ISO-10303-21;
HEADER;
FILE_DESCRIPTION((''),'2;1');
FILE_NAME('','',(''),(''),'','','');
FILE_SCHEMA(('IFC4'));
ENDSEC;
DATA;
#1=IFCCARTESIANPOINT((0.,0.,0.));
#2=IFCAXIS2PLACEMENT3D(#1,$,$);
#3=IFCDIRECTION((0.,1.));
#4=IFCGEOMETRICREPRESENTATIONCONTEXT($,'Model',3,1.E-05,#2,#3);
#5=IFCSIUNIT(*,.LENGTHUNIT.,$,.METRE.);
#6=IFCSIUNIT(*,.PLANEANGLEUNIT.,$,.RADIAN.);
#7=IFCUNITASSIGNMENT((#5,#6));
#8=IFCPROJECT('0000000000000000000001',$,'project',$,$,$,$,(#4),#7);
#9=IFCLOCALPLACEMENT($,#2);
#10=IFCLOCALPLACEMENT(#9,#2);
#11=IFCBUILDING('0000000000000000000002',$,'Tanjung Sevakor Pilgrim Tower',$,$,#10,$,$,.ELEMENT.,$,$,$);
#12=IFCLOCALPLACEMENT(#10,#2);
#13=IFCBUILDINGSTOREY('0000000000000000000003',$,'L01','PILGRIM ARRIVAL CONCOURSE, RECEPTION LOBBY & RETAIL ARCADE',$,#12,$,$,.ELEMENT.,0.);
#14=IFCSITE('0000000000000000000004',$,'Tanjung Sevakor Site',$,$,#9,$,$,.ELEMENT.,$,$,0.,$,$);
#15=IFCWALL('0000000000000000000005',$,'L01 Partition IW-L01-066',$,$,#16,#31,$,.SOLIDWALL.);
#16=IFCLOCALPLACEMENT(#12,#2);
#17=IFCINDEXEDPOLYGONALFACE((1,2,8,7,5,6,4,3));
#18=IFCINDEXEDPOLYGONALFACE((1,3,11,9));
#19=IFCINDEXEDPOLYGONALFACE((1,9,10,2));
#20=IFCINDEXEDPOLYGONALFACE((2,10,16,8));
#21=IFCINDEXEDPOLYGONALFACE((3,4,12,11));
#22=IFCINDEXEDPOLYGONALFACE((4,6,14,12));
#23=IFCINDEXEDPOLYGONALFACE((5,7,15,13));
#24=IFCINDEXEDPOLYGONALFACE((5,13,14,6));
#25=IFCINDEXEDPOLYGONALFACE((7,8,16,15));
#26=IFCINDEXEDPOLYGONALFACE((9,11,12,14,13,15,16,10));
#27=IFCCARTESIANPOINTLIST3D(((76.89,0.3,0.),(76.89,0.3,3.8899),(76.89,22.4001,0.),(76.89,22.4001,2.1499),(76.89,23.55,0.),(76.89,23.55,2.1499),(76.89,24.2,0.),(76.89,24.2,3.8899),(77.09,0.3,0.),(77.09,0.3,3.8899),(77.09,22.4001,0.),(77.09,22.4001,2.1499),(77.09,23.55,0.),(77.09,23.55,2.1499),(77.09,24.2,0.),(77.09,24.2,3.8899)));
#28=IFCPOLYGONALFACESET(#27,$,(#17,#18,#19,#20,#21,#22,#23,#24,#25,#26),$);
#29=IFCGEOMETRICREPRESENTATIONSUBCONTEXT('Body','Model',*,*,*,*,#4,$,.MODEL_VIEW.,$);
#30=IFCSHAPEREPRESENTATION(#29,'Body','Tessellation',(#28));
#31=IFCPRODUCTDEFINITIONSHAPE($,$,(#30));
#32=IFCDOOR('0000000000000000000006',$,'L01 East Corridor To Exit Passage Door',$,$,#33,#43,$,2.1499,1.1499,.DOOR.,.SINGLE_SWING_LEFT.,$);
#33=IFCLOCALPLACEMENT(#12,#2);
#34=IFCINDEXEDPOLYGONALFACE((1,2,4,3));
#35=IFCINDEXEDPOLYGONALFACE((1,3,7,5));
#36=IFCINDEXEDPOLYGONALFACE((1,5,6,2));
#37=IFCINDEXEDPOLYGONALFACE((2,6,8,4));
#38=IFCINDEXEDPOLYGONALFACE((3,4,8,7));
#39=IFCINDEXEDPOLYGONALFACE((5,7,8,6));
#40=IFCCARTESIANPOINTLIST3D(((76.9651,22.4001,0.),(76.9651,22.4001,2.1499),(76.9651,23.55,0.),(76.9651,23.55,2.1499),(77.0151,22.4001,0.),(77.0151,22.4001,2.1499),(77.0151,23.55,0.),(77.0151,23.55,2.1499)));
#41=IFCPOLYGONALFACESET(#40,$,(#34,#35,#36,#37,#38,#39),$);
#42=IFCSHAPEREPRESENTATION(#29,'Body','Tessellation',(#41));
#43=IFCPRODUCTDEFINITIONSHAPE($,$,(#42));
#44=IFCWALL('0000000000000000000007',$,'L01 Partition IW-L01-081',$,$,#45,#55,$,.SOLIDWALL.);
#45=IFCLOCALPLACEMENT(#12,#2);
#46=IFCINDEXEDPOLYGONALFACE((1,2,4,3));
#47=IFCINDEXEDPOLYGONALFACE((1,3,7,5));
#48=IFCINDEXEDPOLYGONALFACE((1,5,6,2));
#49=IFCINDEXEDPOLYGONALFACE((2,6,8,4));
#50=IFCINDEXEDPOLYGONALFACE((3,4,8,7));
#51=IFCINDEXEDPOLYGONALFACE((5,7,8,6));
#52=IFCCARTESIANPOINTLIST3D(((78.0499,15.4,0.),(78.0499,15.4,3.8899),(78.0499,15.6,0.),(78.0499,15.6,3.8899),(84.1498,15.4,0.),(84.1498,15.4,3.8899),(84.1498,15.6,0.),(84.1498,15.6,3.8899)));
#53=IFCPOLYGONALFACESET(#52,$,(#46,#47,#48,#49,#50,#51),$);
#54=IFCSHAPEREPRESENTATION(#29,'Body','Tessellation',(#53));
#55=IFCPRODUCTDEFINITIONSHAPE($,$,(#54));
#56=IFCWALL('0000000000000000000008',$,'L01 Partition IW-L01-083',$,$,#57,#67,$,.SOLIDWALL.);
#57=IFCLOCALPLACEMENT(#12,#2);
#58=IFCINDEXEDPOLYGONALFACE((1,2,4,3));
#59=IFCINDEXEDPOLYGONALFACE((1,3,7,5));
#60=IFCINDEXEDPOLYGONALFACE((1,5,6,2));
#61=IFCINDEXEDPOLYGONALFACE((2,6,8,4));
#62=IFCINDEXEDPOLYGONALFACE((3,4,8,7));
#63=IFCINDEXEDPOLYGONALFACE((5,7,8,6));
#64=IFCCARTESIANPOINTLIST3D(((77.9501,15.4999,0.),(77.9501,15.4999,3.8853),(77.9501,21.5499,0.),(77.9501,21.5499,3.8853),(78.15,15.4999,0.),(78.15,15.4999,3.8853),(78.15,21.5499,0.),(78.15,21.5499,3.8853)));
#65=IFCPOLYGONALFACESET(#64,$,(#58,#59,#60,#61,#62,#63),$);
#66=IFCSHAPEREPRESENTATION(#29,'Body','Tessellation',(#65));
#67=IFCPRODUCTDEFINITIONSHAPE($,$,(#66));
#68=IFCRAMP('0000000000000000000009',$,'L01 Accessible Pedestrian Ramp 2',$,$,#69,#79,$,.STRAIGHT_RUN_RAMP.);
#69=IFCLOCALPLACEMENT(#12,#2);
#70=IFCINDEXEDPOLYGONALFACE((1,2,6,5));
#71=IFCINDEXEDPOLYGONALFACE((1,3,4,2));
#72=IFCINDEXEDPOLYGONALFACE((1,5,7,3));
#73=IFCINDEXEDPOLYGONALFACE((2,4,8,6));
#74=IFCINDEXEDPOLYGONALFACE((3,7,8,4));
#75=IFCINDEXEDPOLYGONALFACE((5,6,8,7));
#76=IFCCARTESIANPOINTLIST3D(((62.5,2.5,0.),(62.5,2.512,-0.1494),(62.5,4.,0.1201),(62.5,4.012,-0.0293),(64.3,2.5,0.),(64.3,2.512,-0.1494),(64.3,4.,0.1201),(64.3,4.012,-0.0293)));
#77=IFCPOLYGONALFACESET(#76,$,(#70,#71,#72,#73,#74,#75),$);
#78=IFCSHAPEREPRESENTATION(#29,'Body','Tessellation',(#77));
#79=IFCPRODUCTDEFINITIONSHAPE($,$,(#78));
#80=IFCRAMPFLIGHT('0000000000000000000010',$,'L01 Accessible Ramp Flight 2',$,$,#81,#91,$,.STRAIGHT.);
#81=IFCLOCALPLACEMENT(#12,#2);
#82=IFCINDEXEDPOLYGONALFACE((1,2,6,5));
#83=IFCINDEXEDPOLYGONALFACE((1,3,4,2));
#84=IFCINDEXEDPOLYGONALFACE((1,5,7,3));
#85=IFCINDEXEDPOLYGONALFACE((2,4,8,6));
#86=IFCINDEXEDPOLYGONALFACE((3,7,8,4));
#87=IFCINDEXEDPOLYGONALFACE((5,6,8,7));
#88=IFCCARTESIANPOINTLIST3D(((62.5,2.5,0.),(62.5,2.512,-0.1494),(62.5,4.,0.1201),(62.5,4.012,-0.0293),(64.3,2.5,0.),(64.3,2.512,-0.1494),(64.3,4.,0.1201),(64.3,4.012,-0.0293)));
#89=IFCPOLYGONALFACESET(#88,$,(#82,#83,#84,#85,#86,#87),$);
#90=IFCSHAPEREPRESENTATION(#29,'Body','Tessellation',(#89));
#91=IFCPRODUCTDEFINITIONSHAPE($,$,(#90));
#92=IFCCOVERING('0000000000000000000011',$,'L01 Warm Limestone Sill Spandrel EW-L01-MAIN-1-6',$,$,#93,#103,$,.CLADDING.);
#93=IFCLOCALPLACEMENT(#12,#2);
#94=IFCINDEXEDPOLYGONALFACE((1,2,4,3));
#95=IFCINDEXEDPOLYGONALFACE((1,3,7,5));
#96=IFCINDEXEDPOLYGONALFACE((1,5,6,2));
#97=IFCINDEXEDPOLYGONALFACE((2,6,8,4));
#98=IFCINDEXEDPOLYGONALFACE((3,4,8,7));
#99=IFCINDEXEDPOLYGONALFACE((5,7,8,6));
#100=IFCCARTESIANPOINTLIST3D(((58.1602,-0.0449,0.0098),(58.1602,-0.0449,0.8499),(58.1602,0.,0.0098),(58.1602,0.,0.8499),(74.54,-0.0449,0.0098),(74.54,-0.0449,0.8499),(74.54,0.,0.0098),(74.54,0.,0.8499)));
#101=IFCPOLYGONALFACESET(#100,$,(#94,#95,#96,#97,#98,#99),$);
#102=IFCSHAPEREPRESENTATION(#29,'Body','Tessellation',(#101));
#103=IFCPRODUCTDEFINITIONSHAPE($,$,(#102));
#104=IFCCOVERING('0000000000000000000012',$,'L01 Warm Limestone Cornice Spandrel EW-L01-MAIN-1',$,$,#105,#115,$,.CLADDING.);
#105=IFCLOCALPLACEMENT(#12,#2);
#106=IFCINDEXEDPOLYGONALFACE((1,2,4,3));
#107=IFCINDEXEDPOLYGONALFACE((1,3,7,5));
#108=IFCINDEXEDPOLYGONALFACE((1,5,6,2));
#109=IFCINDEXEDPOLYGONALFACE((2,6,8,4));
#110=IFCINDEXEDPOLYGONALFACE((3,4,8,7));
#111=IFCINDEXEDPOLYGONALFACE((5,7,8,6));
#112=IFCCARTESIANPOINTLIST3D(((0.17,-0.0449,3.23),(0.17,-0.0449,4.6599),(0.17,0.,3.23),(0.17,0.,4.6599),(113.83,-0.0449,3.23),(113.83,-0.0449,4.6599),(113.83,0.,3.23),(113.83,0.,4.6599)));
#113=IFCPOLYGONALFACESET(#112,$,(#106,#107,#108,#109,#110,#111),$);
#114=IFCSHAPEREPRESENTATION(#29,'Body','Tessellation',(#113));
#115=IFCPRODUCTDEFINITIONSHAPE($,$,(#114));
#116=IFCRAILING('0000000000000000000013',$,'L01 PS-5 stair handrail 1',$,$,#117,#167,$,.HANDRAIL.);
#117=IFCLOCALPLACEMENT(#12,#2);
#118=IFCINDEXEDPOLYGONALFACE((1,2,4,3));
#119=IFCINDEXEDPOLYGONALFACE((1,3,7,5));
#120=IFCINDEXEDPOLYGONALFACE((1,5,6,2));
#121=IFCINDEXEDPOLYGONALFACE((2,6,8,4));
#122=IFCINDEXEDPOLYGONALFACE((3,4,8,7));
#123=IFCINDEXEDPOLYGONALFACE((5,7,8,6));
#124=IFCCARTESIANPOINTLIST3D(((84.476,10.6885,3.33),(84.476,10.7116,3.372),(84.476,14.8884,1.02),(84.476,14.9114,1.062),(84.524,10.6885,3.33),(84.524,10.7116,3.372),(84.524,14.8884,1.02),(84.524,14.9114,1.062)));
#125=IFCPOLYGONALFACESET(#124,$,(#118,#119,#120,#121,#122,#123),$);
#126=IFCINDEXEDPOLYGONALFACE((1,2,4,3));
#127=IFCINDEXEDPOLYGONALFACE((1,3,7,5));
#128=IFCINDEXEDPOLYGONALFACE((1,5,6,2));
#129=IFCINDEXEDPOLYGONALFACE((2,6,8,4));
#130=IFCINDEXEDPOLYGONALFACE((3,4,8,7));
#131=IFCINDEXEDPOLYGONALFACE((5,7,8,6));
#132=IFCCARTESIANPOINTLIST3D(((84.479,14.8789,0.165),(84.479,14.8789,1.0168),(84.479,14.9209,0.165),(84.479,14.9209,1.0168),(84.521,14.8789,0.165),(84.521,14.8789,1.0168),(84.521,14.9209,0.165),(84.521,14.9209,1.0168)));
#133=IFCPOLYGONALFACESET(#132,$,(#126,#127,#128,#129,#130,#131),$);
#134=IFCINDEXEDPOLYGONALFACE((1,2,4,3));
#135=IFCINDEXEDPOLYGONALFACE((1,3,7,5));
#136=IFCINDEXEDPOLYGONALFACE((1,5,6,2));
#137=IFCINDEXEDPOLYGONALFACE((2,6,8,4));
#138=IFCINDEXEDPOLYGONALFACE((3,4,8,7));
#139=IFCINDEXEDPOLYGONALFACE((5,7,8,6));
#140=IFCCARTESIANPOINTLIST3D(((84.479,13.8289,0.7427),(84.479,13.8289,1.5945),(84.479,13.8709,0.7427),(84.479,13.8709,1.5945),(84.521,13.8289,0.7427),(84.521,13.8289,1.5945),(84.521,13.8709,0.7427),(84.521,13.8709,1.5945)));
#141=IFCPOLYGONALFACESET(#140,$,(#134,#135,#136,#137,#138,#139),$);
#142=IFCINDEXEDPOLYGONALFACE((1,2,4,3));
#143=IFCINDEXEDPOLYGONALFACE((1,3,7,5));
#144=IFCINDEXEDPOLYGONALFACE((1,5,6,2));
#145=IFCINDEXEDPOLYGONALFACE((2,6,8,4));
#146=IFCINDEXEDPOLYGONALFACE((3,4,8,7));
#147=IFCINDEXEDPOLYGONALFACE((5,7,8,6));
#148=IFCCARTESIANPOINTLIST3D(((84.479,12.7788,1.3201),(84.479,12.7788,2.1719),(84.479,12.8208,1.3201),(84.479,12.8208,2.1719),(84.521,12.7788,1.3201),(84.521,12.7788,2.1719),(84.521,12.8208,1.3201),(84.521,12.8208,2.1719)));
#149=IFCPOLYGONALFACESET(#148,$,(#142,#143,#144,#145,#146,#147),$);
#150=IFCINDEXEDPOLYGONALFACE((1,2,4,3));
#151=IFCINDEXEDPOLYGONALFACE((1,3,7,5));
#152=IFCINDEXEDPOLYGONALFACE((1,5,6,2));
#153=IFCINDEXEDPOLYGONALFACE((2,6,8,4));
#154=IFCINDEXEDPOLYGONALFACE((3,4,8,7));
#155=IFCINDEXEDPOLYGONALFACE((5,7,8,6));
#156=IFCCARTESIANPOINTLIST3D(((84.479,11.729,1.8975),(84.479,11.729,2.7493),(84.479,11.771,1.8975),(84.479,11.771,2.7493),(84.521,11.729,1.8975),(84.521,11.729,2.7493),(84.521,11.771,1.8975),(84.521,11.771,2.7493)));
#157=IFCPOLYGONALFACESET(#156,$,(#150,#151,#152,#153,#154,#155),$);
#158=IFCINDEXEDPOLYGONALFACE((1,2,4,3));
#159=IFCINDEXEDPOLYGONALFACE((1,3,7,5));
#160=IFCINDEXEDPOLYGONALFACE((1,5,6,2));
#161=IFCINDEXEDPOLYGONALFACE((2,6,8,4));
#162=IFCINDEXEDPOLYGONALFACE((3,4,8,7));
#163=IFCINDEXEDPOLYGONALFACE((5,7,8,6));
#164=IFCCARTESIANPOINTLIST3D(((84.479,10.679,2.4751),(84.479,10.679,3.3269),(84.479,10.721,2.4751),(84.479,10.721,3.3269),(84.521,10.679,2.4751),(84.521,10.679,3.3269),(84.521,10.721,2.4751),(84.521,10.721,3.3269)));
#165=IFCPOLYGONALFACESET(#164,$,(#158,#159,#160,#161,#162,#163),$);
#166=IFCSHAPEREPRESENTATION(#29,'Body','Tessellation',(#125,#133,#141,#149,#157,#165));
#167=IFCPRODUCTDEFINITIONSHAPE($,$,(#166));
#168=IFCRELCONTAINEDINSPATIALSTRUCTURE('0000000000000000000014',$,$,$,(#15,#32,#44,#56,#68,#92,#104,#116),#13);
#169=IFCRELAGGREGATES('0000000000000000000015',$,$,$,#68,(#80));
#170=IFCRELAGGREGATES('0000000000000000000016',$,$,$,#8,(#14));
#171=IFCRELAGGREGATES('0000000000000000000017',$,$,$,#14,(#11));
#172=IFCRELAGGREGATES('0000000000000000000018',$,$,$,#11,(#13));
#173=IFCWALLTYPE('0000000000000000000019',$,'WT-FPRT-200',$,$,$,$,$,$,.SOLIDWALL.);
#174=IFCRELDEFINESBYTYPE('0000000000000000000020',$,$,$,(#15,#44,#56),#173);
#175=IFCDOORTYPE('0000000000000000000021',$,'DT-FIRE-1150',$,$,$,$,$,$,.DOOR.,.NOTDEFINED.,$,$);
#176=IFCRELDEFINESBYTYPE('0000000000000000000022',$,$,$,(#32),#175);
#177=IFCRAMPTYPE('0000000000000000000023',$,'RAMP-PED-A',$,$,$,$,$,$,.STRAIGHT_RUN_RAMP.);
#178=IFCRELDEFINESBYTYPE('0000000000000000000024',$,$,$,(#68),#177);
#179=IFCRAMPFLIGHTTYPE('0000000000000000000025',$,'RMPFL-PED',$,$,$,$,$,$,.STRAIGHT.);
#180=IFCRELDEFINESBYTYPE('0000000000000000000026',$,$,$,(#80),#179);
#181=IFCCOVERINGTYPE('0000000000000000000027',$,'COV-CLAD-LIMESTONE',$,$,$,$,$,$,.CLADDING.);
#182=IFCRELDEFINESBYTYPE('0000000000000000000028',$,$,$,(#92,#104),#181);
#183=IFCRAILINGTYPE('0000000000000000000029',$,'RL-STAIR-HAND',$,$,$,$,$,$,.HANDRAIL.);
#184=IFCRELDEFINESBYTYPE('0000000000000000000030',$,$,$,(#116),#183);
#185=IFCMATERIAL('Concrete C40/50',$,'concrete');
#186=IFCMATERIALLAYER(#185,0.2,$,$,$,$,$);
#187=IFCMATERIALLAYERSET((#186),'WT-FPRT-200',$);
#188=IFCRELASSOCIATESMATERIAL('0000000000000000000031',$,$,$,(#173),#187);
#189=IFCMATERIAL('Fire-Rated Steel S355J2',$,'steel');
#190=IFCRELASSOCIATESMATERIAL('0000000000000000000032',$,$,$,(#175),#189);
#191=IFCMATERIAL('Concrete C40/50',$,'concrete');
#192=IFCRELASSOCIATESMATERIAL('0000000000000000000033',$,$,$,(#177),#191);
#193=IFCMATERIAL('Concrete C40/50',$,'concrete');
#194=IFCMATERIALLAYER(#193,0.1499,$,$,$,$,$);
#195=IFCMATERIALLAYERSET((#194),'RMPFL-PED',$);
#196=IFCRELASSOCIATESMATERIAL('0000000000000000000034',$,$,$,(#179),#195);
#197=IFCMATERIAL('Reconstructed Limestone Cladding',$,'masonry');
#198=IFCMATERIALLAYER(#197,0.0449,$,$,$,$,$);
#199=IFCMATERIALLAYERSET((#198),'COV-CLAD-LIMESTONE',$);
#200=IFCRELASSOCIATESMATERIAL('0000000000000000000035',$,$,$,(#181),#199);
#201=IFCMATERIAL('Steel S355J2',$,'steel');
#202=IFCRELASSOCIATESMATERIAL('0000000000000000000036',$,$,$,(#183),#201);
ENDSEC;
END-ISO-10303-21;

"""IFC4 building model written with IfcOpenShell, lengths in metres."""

from ifc_helpers import new_model, si_unit, direction, frame, frame_2d, origin, origin_2d, place, context, subcontext, project, spatial, polyline, rectangle, outline, extrude, material, layer, layer_set, type_object, element, fill, aggregate, save


model = new_model("IFC4")

# Units and contexts
model_context = context("Model", 3, precision=1e-05, world=origin(), true_north=direction((0.0, 1.0)))
body_context = subcontext(model_context, "Body", "Model", "MODEL_VIEW")
ifc_project = project(units=[si_unit("LENGTHUNIT", "METRE"), si_unit("PLANEANGLEUNIT", "RADIAN")], contexts=[model_context])

# Site, building, storey
site_placement = place(None, origin())
site = spatial("IfcSite", under=ifc_project, at=site_placement, Name="Tanjung Sevakor Site", CompositionType="ELEMENT", RefElevation=0.0)
building_placement = place(site_placement, origin())
building = spatial("IfcBuilding", under=site, at=building_placement, Name="Tanjung Sevakor Pilgrim Tower", CompositionType="ELEMENT")
storey_placement = place(building_placement, origin())
storey = spatial("IfcBuildingStorey", under=building, at=storey_placement, Name="L01", Description="PILGRIM ARRIVAL CONCOURSE, RECEPTION LOBBY & RETAIL ARCADE", CompositionType="ELEMENT", Elevation=0.0)

# Wall, opening, door
ifc_material_1 = material(Name="Concrete C40/50", Category="concrete")
ifc_layer_1 = layer(ifc_material_1, 0.2)
ifc_layer_set_1 = layer_set([ifc_layer_1], Name="WT-FPRT-200")
wall_type_1 = type_object("IfcWallType", Name="WT-FPRT-200", PredefinedType="SOLIDWALL", material=ifc_layer_set_1)
ifc_material_2 = material(Name="Fire-Rated Steel S355J2", Category="steel")
door_type = type_object("IfcDoorType", Name="DT-FIRE-1150", OperationType="NOTDEFINED", PredefinedType="DOOR", material=ifc_material_2)
wall_1_placement = place(storey_placement, frame((76.99, 0.3, 0.0), z_axis=(0.0, 0.0, 1.0), x_axis=(0.0, 1.0, 0.0)))
wall_1 = element("IfcWall", 1, at=wall_1_placement, inside=storey, type_object=wall_type_1, Name="L01 Partition IW-L01-066", PredefinedType="SOLIDWALL", context=body_context, shape_type="SweptSolid", body=[
    extrude(rectangle(XDim=23.8999, YDim=0.2, at=frame_2d((11.95, 0.0))), origin(), (0.0, 0.0, 1.0), 3.8899),
])
opening_1_placement = place(wall_1_placement, frame((22.1001, 0.0, 0.0)))
opening_1 = element("IfcOpeningElement", 2, at=opening_1_placement, cuts=wall_1, PredefinedType="OPENING", context=body_context, shape_type="SweptSolid", body=[
    extrude(rectangle(XDim=1.1499, YDim=2.1499, at=frame_2d((0.575, 1.075))), frame((0.0, 0.1099, 0.0), z_axis=(0.0, -1.0, 0.0), x_axis=(1.0, 0.0, 0.0)), (0.0, 0.0, 1.0), 0.22),
])
door_1_placement = place(opening_1_placement, origin())
door_1 = element("IfcDoor", 3, at=door_1_placement, inside=storey, type_object=door_type, Name="L01 East Corridor To Exit Passage Door", OperationType="SINGLE_SWING_LEFT", OverallHeight=2.1499, OverallWidth=1.1499, PredefinedType="DOOR", context=body_context, shape_type="SweptSolid", body=[
    extrude(rectangle(XDim=1.1499, YDim=2.1499, at=frame_2d((0.575, 1.075))), frame((0.0, 0.0249, 0.0), z_axis=(0.0, -1.0, 0.0), x_axis=(1.0, 0.0, 0.0)), (0.0, 0.0, 1.0), 0.05),
])
fill(opening_1, door_1)

# Walls
wall_2_placement = place(storey_placement, frame((78.05, 15.5, 0.0), z_axis=(0.0, 0.0, 1.0), x_axis=(1.0, 0.0, 0.0)))
element("IfcWall", 4, at=wall_2_placement, inside=storey, type_object=wall_type_1, Name="L01 Partition IW-L01-081", PredefinedType="SOLIDWALL", context=body_context, shape_type="SweptSolid", body=[
    extrude(rectangle(XDim=6.0999, YDim=0.2, at=frame_2d((3.0498, 0.0))), origin(), (0.0, 0.0, 1.0), 3.8899),
])
wall_3_placement = place(storey_placement, frame((78.05, 15.5, 0.0), z_axis=(0.0, 0.0, 1.0), x_axis=(0.0, 1.0, 0.0)))
element("IfcWall", 5, at=wall_3_placement, inside=storey, type_object=wall_type_1, Name="L01 Partition IW-L01-083", PredefinedType="SOLIDWALL", context=body_context, shape_type="SweptSolid", body=[
    extrude(rectangle(XDim=6.05, YDim=0.2, at=frame_2d((3.0249, 0.0))), origin(), (0.0, 0.0, 1.0), 3.8853),
])

# Ramp, ramp flight
ifc_material_3 = material(Name="Concrete C40/50", Category="concrete")
ramp_type = type_object("IfcRampType", Name="RAMP-PED-A", PredefinedType="STRAIGHT_RUN_RAMP", material=ifc_material_3)
ramp_placement = place(storey_placement, frame((62.5, 2.5, 0.0), z_axis=(0.0, -0.079823, 0.996809), x_axis=(1.0, 0.0, 0.0)))
ramp = element("IfcRamp", 6, at=ramp_placement, inside=storey, type_object=ramp_type, Name="L01 Accessible Pedestrian Ramp 2", PredefinedType="STRAIGHT_RUN_RAMP", context=body_context, shape_type="SweptSolid", body=[
    extrude(outline(polyline([(0.0, 0.0), (1.8, 0.0), (1.8, 1.5048), (0.0, 1.5048), (0.0, 0.0)])), origin(), (0.0, 0.0, -1.0), 0.1499),
])
ifc_material_4 = material(Name="Concrete C40/50", Category="concrete")
ifc_layer_2 = layer(ifc_material_4, 0.1499)
ifc_layer_set_2 = layer_set([ifc_layer_2], Name="RMPFL-PED")
ramp_flight_type = type_object("IfcRampFlightType", Name="RMPFL-PED", PredefinedType="STRAIGHT", material=ifc_layer_set_2)
ramp_flight_placement = place(storey_placement, frame((62.5, 2.5, 0.0), z_axis=(0.0, -0.079823, 0.996809), x_axis=(1.0, 0.0, 0.0)))
ramp_flight = element("IfcRampFlight", 7, at=ramp_flight_placement, type_object=ramp_flight_type, Name="L01 Accessible Ramp Flight 2", PredefinedType="STRAIGHT", context=body_context, shape_type="SweptSolid", body=[
    extrude(outline(polyline([(0.0, 0.0), (1.8, 0.0), (1.8, 1.5048), (0.0, 1.5048), (0.0, 0.0)])), origin(), (0.0, 0.0, -1.0), 0.1499),
])
aggregate(ramp, [ramp_flight])

# Coverings
ifc_material_5 = material(Name="Reconstructed Limestone Cladding", Category="masonry")
ifc_layer_3 = layer(ifc_material_5, 0.0449)
ifc_layer_set_3 = layer_set([ifc_layer_3], Name="COV-CLAD-LIMESTONE")
covering_type = type_object("IfcCoveringType", Name="COV-CLAD-LIMESTONE", PredefinedType="CLADDING", material=ifc_layer_set_3)
covering_1_placement = place(storey_placement, frame((66.3501, -0.0225, 0.0098), z_axis=(0.0, 0.0, 1.0), x_axis=(1.0, 0.0, 0.0)))
element("IfcCovering", 8, at=covering_1_placement, inside=storey, type_object=covering_type, Name="L01 Warm Limestone Sill Spandrel EW-L01-MAIN-1-6", PredefinedType="CLADDING", context=body_context, shape_type="SweptSolid", body=[
    extrude(rectangle(XDim=16.3799, YDim=0.0449, at=origin_2d()), origin(), (0.0, 0.0, 1.0), 0.8401),
])
covering_2_placement = place(storey_placement, frame((57.0, -0.0225, 3.23), z_axis=(0.0, 0.0, 1.0), x_axis=(1.0, 0.0, 0.0)))
element("IfcCovering", 9, at=covering_2_placement, inside=storey, type_object=covering_type, Name="L01 Warm Limestone Cornice Spandrel EW-L01-MAIN-1", PredefinedType="CLADDING", context=body_context, shape_type="SweptSolid", body=[
    extrude(rectangle(XDim=113.6599, YDim=0.0449, at=origin_2d()), origin(), (0.0, 0.0, 1.0), 1.4299),
])

# Railing
ifc_material_6 = material(Name="Steel S355J2", Category="steel")
railing_type = type_object("IfcRailingType", Name="RL-STAIR-HAND", PredefinedType="HANDRAIL", material=ifc_material_6)
railing_placement = place(storey_placement, frame((84.5, 14.8999, 0.165)))
element("IfcRailing", 10, at=railing_placement, inside=storey, type_object=railing_type, Name="L01 PS-5 stair handrail 1", PredefinedType="HANDRAIL", context=body_context, shape_type="SweptSolid", body=[
    extrude(rectangle(XDim=0.0479, YDim=0.0479), frame((0.0, 0.0, 0.876), z_axis=(0.0, -0.876208, 0.481932), x_axis=(1.0, 0.0, 0.0)), (0.0, 0.0, 1.0), 4.7932),
    extrude(rectangle(XDim=0.042, YDim=0.042), origin(), (0.0, 0.0, 1.0), 0.8518),
    extrude(rectangle(XDim=0.042, YDim=0.042), frame((0.0, -1.05, 0.5776)), (0.0, 0.0, 1.0), 0.8518),
    extrude(rectangle(XDim=0.042, YDim=0.042), frame((0.0, -2.1001, 1.155)), (0.0, 0.0, 1.0), 0.8518),
    extrude(rectangle(XDim=0.042, YDim=0.042), frame((0.0, -3.1499, 1.7324)), (0.0, 0.0, 1.0), 0.8518),
    extrude(rectangle(XDim=0.042, YDim=0.042), frame((0.0, -4.2, 2.3101)), (0.0, 0.0, 1.0), 0.8518),
])

save(model, "model.ifc")
